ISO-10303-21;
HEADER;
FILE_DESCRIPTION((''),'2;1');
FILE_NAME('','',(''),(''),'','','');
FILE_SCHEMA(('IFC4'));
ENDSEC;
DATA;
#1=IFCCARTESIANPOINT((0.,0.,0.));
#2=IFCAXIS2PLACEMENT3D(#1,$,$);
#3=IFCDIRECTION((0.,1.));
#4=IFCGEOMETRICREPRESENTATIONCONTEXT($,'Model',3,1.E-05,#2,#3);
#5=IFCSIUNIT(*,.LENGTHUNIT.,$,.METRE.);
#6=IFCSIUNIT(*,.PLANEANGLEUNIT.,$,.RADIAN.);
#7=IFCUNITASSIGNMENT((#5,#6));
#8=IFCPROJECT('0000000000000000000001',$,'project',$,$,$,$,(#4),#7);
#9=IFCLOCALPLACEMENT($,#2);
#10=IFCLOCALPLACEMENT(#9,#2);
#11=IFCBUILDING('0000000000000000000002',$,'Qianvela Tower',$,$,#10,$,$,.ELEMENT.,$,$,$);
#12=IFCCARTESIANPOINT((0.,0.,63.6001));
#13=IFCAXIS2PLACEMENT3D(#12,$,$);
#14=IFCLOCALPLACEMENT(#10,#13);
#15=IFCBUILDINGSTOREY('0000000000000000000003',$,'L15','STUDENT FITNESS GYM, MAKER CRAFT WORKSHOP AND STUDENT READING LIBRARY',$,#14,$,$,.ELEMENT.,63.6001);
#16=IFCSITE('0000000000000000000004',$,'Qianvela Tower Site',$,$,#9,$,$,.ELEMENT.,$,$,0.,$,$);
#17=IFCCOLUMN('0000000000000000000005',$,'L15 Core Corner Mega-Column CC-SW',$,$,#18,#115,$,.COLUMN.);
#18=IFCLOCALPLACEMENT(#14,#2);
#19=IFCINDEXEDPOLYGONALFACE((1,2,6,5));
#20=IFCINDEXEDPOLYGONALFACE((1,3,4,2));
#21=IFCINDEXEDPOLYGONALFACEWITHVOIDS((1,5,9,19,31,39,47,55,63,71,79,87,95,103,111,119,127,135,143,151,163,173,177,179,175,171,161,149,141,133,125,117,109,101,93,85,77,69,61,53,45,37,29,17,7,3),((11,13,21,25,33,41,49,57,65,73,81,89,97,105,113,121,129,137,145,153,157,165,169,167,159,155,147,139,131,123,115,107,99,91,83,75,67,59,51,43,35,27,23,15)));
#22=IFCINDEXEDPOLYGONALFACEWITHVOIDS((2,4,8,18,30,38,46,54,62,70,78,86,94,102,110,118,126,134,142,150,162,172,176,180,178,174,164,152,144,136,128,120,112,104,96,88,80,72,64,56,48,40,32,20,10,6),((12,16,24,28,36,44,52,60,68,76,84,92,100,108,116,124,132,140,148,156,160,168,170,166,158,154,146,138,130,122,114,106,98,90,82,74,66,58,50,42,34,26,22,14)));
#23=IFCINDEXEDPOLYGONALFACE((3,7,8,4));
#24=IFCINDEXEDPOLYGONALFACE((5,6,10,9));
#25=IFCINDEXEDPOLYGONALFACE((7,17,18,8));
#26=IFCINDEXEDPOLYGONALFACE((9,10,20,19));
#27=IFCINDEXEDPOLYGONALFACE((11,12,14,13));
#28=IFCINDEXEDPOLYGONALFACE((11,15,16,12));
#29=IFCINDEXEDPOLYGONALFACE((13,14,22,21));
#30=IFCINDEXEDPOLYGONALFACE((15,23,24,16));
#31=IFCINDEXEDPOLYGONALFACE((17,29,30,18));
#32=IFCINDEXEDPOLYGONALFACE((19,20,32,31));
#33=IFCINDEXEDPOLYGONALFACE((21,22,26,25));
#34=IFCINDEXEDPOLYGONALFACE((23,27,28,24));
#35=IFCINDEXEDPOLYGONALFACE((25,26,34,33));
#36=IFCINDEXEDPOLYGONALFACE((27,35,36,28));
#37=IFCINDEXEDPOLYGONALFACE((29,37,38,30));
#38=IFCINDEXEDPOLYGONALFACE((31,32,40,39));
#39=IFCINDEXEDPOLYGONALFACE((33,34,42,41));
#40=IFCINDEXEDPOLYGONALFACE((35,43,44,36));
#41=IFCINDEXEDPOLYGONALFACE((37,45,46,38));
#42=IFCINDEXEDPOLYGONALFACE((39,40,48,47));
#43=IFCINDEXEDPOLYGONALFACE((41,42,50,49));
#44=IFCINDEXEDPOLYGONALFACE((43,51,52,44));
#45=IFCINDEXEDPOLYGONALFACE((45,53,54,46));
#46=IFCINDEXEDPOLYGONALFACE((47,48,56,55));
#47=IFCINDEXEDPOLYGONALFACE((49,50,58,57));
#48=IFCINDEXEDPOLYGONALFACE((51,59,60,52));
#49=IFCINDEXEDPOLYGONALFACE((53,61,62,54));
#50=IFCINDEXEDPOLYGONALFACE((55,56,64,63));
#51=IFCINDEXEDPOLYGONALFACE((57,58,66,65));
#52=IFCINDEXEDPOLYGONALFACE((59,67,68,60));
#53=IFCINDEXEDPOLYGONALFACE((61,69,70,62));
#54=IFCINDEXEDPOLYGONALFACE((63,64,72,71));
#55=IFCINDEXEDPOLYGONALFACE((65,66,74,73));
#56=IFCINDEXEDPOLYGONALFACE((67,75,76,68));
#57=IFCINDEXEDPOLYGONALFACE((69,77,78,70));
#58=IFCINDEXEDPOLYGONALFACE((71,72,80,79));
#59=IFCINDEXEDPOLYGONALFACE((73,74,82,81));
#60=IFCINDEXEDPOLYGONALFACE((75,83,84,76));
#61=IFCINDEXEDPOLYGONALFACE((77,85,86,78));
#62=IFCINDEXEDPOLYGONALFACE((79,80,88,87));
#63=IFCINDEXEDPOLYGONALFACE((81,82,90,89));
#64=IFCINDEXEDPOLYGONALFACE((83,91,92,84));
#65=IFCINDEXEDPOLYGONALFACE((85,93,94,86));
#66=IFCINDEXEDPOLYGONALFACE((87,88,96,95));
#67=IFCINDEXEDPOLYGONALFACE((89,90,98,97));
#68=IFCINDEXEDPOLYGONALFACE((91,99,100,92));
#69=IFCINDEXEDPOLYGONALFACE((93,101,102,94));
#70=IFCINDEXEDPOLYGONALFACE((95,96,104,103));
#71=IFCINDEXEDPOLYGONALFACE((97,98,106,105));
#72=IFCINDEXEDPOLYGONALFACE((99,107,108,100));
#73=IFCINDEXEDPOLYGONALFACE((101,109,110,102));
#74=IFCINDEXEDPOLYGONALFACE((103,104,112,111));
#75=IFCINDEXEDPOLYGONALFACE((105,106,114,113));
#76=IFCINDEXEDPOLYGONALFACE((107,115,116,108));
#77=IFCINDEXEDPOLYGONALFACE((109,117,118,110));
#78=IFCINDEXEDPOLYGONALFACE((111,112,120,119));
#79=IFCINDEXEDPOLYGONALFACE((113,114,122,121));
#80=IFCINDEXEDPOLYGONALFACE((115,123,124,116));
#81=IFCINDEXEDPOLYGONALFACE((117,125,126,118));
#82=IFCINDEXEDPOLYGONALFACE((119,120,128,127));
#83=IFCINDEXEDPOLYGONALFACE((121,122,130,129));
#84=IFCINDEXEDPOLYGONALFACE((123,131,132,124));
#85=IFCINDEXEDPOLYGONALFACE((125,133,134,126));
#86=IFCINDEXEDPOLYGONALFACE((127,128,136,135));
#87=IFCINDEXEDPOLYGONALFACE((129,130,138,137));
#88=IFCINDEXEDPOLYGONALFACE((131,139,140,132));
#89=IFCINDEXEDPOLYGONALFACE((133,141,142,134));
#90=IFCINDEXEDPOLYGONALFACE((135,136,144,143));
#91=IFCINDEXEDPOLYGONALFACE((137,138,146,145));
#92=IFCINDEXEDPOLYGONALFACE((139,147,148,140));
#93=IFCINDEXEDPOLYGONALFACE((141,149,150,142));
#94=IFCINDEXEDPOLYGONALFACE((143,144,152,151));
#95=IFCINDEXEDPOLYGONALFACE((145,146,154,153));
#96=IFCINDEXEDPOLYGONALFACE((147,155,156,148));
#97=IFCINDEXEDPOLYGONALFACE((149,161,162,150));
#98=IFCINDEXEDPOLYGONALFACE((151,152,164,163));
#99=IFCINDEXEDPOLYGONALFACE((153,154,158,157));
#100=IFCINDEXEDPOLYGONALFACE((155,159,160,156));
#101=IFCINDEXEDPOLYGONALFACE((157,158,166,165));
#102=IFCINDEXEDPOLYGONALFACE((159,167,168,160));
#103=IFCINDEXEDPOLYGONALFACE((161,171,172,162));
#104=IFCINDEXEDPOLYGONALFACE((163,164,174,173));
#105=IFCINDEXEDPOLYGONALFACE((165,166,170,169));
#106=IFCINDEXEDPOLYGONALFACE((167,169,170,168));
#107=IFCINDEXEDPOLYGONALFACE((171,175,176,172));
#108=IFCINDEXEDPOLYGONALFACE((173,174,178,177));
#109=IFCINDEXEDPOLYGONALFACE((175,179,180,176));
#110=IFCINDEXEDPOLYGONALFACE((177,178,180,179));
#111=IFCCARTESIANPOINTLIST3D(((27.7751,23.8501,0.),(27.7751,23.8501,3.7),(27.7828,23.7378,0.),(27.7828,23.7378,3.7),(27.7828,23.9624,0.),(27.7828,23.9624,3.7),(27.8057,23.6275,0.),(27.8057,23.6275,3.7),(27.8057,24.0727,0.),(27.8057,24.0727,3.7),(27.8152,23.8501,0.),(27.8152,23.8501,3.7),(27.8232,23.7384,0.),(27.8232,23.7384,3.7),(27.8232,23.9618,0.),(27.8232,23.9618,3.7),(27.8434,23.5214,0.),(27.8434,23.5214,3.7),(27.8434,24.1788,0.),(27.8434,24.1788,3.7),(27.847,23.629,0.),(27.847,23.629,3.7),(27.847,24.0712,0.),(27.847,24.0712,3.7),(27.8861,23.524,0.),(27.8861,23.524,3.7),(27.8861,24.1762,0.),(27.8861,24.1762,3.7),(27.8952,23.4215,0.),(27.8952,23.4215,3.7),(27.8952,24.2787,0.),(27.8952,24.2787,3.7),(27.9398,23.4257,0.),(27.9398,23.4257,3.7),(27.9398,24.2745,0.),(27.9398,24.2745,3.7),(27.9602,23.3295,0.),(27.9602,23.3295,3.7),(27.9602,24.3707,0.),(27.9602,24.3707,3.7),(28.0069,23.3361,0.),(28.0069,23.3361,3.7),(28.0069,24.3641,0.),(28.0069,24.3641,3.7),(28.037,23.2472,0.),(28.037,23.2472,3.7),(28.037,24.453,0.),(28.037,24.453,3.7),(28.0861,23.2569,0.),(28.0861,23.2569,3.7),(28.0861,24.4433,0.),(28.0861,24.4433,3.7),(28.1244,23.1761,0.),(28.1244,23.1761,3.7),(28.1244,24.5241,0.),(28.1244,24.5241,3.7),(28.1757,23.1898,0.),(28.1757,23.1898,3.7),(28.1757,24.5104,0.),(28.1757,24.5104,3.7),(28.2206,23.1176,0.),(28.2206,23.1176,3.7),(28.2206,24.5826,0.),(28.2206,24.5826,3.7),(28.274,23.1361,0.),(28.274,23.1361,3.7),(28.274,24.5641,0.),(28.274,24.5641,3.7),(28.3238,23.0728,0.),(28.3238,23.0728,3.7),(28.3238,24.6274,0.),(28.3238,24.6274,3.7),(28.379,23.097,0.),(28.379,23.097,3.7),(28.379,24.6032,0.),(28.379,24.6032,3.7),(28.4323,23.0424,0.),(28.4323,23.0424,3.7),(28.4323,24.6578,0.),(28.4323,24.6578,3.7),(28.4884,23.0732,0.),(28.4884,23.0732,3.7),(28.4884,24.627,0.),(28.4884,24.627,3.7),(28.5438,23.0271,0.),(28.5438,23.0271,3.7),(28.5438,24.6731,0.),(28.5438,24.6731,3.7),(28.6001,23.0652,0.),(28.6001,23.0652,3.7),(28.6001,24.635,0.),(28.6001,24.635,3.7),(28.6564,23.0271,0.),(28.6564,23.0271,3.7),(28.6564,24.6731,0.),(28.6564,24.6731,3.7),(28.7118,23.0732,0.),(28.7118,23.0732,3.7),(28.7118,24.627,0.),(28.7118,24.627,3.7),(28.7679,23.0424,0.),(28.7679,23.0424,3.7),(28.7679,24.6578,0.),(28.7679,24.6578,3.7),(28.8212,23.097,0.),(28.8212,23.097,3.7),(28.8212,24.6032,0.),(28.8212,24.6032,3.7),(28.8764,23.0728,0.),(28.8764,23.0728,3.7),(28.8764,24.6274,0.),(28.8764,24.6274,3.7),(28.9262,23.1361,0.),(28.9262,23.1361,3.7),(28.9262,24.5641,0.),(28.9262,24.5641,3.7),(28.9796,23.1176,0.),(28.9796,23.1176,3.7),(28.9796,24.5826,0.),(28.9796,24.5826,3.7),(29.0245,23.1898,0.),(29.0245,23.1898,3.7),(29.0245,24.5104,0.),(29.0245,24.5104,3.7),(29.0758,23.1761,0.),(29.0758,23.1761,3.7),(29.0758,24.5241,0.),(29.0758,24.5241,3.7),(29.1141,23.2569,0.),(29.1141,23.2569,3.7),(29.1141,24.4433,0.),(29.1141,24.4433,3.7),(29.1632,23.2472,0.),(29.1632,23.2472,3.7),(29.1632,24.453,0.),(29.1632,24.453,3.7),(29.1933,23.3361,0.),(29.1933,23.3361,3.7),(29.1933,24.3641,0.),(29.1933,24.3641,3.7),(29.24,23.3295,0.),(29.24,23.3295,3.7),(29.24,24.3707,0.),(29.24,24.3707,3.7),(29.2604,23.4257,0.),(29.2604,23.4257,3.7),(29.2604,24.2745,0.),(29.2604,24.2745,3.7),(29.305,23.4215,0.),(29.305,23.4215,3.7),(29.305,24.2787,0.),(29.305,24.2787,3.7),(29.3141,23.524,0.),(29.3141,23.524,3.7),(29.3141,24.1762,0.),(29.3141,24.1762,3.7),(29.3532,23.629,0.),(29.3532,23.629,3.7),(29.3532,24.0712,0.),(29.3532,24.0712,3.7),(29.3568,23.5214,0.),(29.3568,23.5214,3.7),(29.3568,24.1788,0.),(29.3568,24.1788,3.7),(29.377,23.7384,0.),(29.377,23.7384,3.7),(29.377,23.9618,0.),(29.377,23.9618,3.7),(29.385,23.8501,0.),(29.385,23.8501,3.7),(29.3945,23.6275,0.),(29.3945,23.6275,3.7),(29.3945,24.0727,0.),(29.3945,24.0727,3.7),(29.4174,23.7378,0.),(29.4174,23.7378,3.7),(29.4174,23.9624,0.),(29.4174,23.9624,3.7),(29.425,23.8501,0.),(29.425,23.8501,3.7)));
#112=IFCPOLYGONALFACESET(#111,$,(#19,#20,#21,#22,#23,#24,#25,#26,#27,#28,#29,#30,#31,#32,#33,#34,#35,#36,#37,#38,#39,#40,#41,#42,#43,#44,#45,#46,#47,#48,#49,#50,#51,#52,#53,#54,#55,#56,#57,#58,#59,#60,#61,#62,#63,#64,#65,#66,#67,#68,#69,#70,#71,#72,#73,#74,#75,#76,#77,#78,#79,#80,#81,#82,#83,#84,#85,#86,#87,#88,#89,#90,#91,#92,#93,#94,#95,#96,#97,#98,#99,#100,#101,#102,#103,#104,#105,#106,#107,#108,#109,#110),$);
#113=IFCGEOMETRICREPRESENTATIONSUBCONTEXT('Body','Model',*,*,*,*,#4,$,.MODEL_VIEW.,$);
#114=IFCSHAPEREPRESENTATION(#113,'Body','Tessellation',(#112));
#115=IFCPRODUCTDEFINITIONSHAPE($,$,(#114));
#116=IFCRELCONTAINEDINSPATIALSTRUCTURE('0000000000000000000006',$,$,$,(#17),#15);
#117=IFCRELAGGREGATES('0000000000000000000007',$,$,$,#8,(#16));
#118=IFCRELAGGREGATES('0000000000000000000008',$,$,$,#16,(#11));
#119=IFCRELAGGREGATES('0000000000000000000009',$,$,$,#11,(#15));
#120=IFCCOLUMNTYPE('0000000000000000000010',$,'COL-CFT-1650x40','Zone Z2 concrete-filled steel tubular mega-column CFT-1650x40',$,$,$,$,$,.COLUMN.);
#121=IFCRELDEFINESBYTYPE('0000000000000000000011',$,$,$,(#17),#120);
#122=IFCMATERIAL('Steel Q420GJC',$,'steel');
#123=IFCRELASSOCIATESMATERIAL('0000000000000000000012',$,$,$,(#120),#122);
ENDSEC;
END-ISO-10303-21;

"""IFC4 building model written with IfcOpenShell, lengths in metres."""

from ifc_helpers import new_model, si_unit, direction, frame, origin, origin_2d, place, context, subcontext, project, spatial, hollow_circle, extrude, material, material_profile, profile_set, type_object, element, save


model = new_model("IFC4")

# Units and contexts
model_context = context("Model", 3, precision=1e-05, world=origin(), true_north=direction((0.0, 1.0)))
body_context = subcontext(model_context, "Body", "Model", "MODEL_VIEW")
ifc_project = project(units=[si_unit("LENGTHUNIT", "METRE"), si_unit("PLANEANGLEUNIT", "RADIAN")], contexts=[model_context])

# Site, building, storey
site_placement = place(None, origin())
site = spatial("IfcSite", under=ifc_project, at=site_placement, Name="Qianvela Tower Site", CompositionType="ELEMENT", RefElevation=0.0)
building_placement = place(site_placement, origin())
building = spatial("IfcBuilding", under=site, at=building_placement, Name="Qianvela Tower", CompositionType="ELEMENT")
storey_placement = place(building_placement, frame((0.0, 0.0, 63.6001)))
storey = spatial("IfcBuildingStorey", under=building, at=storey_placement, Name="L15", Description="STUDENT FITNESS GYM, MAKER CRAFT WORKSHOP AND STUDENT READING LIBRARY", CompositionType="ELEMENT", Elevation=63.6001)

# Column
ifc_material_1 = material(Name="Steel Q420GJC", Category="steel")
ifc_material_profile_1 = material_profile(ifc_material_1, hollow_circle(Radius=0.825, WallThickness=0.04, at=origin_2d()), Name="CFT-1650x40")
ifc_profile_set_1 = profile_set([ifc_material_profile_1], Name="Steel Q420GJC")
column_type = type_object("IfcColumnType", Name="COL-CFT-1650x40", Description="Zone Z2 concrete-filled steel tubular mega-column CFT-1650x40", PredefinedType="COLUMN", material=ifc_profile_set_1)
for number, where, z_axis, x_axis, name in (
    (1, (28.6001, 23.8501, 0.0), (0.0, 0.0, 1.0), (1.0, 0.0, 0.0), "L15 Core Corner Mega-Column CC-SW"),
):
    element("IfcColumn", number, at=place(storey_placement, frame(where, z_axis=z_axis, x_axis=x_axis)), inside=storey, type_object=column_type, Name=name, PredefinedType="COLUMN", context=body_context, shape_type="SweptSolid", body=[
        extrude(hollow_circle(Radius=0.825, WallThickness=0.04, at=origin_2d()), origin(), (0.0, 0.0, 1.0), 3.7),
    ])

save(model, "model.ifc")
